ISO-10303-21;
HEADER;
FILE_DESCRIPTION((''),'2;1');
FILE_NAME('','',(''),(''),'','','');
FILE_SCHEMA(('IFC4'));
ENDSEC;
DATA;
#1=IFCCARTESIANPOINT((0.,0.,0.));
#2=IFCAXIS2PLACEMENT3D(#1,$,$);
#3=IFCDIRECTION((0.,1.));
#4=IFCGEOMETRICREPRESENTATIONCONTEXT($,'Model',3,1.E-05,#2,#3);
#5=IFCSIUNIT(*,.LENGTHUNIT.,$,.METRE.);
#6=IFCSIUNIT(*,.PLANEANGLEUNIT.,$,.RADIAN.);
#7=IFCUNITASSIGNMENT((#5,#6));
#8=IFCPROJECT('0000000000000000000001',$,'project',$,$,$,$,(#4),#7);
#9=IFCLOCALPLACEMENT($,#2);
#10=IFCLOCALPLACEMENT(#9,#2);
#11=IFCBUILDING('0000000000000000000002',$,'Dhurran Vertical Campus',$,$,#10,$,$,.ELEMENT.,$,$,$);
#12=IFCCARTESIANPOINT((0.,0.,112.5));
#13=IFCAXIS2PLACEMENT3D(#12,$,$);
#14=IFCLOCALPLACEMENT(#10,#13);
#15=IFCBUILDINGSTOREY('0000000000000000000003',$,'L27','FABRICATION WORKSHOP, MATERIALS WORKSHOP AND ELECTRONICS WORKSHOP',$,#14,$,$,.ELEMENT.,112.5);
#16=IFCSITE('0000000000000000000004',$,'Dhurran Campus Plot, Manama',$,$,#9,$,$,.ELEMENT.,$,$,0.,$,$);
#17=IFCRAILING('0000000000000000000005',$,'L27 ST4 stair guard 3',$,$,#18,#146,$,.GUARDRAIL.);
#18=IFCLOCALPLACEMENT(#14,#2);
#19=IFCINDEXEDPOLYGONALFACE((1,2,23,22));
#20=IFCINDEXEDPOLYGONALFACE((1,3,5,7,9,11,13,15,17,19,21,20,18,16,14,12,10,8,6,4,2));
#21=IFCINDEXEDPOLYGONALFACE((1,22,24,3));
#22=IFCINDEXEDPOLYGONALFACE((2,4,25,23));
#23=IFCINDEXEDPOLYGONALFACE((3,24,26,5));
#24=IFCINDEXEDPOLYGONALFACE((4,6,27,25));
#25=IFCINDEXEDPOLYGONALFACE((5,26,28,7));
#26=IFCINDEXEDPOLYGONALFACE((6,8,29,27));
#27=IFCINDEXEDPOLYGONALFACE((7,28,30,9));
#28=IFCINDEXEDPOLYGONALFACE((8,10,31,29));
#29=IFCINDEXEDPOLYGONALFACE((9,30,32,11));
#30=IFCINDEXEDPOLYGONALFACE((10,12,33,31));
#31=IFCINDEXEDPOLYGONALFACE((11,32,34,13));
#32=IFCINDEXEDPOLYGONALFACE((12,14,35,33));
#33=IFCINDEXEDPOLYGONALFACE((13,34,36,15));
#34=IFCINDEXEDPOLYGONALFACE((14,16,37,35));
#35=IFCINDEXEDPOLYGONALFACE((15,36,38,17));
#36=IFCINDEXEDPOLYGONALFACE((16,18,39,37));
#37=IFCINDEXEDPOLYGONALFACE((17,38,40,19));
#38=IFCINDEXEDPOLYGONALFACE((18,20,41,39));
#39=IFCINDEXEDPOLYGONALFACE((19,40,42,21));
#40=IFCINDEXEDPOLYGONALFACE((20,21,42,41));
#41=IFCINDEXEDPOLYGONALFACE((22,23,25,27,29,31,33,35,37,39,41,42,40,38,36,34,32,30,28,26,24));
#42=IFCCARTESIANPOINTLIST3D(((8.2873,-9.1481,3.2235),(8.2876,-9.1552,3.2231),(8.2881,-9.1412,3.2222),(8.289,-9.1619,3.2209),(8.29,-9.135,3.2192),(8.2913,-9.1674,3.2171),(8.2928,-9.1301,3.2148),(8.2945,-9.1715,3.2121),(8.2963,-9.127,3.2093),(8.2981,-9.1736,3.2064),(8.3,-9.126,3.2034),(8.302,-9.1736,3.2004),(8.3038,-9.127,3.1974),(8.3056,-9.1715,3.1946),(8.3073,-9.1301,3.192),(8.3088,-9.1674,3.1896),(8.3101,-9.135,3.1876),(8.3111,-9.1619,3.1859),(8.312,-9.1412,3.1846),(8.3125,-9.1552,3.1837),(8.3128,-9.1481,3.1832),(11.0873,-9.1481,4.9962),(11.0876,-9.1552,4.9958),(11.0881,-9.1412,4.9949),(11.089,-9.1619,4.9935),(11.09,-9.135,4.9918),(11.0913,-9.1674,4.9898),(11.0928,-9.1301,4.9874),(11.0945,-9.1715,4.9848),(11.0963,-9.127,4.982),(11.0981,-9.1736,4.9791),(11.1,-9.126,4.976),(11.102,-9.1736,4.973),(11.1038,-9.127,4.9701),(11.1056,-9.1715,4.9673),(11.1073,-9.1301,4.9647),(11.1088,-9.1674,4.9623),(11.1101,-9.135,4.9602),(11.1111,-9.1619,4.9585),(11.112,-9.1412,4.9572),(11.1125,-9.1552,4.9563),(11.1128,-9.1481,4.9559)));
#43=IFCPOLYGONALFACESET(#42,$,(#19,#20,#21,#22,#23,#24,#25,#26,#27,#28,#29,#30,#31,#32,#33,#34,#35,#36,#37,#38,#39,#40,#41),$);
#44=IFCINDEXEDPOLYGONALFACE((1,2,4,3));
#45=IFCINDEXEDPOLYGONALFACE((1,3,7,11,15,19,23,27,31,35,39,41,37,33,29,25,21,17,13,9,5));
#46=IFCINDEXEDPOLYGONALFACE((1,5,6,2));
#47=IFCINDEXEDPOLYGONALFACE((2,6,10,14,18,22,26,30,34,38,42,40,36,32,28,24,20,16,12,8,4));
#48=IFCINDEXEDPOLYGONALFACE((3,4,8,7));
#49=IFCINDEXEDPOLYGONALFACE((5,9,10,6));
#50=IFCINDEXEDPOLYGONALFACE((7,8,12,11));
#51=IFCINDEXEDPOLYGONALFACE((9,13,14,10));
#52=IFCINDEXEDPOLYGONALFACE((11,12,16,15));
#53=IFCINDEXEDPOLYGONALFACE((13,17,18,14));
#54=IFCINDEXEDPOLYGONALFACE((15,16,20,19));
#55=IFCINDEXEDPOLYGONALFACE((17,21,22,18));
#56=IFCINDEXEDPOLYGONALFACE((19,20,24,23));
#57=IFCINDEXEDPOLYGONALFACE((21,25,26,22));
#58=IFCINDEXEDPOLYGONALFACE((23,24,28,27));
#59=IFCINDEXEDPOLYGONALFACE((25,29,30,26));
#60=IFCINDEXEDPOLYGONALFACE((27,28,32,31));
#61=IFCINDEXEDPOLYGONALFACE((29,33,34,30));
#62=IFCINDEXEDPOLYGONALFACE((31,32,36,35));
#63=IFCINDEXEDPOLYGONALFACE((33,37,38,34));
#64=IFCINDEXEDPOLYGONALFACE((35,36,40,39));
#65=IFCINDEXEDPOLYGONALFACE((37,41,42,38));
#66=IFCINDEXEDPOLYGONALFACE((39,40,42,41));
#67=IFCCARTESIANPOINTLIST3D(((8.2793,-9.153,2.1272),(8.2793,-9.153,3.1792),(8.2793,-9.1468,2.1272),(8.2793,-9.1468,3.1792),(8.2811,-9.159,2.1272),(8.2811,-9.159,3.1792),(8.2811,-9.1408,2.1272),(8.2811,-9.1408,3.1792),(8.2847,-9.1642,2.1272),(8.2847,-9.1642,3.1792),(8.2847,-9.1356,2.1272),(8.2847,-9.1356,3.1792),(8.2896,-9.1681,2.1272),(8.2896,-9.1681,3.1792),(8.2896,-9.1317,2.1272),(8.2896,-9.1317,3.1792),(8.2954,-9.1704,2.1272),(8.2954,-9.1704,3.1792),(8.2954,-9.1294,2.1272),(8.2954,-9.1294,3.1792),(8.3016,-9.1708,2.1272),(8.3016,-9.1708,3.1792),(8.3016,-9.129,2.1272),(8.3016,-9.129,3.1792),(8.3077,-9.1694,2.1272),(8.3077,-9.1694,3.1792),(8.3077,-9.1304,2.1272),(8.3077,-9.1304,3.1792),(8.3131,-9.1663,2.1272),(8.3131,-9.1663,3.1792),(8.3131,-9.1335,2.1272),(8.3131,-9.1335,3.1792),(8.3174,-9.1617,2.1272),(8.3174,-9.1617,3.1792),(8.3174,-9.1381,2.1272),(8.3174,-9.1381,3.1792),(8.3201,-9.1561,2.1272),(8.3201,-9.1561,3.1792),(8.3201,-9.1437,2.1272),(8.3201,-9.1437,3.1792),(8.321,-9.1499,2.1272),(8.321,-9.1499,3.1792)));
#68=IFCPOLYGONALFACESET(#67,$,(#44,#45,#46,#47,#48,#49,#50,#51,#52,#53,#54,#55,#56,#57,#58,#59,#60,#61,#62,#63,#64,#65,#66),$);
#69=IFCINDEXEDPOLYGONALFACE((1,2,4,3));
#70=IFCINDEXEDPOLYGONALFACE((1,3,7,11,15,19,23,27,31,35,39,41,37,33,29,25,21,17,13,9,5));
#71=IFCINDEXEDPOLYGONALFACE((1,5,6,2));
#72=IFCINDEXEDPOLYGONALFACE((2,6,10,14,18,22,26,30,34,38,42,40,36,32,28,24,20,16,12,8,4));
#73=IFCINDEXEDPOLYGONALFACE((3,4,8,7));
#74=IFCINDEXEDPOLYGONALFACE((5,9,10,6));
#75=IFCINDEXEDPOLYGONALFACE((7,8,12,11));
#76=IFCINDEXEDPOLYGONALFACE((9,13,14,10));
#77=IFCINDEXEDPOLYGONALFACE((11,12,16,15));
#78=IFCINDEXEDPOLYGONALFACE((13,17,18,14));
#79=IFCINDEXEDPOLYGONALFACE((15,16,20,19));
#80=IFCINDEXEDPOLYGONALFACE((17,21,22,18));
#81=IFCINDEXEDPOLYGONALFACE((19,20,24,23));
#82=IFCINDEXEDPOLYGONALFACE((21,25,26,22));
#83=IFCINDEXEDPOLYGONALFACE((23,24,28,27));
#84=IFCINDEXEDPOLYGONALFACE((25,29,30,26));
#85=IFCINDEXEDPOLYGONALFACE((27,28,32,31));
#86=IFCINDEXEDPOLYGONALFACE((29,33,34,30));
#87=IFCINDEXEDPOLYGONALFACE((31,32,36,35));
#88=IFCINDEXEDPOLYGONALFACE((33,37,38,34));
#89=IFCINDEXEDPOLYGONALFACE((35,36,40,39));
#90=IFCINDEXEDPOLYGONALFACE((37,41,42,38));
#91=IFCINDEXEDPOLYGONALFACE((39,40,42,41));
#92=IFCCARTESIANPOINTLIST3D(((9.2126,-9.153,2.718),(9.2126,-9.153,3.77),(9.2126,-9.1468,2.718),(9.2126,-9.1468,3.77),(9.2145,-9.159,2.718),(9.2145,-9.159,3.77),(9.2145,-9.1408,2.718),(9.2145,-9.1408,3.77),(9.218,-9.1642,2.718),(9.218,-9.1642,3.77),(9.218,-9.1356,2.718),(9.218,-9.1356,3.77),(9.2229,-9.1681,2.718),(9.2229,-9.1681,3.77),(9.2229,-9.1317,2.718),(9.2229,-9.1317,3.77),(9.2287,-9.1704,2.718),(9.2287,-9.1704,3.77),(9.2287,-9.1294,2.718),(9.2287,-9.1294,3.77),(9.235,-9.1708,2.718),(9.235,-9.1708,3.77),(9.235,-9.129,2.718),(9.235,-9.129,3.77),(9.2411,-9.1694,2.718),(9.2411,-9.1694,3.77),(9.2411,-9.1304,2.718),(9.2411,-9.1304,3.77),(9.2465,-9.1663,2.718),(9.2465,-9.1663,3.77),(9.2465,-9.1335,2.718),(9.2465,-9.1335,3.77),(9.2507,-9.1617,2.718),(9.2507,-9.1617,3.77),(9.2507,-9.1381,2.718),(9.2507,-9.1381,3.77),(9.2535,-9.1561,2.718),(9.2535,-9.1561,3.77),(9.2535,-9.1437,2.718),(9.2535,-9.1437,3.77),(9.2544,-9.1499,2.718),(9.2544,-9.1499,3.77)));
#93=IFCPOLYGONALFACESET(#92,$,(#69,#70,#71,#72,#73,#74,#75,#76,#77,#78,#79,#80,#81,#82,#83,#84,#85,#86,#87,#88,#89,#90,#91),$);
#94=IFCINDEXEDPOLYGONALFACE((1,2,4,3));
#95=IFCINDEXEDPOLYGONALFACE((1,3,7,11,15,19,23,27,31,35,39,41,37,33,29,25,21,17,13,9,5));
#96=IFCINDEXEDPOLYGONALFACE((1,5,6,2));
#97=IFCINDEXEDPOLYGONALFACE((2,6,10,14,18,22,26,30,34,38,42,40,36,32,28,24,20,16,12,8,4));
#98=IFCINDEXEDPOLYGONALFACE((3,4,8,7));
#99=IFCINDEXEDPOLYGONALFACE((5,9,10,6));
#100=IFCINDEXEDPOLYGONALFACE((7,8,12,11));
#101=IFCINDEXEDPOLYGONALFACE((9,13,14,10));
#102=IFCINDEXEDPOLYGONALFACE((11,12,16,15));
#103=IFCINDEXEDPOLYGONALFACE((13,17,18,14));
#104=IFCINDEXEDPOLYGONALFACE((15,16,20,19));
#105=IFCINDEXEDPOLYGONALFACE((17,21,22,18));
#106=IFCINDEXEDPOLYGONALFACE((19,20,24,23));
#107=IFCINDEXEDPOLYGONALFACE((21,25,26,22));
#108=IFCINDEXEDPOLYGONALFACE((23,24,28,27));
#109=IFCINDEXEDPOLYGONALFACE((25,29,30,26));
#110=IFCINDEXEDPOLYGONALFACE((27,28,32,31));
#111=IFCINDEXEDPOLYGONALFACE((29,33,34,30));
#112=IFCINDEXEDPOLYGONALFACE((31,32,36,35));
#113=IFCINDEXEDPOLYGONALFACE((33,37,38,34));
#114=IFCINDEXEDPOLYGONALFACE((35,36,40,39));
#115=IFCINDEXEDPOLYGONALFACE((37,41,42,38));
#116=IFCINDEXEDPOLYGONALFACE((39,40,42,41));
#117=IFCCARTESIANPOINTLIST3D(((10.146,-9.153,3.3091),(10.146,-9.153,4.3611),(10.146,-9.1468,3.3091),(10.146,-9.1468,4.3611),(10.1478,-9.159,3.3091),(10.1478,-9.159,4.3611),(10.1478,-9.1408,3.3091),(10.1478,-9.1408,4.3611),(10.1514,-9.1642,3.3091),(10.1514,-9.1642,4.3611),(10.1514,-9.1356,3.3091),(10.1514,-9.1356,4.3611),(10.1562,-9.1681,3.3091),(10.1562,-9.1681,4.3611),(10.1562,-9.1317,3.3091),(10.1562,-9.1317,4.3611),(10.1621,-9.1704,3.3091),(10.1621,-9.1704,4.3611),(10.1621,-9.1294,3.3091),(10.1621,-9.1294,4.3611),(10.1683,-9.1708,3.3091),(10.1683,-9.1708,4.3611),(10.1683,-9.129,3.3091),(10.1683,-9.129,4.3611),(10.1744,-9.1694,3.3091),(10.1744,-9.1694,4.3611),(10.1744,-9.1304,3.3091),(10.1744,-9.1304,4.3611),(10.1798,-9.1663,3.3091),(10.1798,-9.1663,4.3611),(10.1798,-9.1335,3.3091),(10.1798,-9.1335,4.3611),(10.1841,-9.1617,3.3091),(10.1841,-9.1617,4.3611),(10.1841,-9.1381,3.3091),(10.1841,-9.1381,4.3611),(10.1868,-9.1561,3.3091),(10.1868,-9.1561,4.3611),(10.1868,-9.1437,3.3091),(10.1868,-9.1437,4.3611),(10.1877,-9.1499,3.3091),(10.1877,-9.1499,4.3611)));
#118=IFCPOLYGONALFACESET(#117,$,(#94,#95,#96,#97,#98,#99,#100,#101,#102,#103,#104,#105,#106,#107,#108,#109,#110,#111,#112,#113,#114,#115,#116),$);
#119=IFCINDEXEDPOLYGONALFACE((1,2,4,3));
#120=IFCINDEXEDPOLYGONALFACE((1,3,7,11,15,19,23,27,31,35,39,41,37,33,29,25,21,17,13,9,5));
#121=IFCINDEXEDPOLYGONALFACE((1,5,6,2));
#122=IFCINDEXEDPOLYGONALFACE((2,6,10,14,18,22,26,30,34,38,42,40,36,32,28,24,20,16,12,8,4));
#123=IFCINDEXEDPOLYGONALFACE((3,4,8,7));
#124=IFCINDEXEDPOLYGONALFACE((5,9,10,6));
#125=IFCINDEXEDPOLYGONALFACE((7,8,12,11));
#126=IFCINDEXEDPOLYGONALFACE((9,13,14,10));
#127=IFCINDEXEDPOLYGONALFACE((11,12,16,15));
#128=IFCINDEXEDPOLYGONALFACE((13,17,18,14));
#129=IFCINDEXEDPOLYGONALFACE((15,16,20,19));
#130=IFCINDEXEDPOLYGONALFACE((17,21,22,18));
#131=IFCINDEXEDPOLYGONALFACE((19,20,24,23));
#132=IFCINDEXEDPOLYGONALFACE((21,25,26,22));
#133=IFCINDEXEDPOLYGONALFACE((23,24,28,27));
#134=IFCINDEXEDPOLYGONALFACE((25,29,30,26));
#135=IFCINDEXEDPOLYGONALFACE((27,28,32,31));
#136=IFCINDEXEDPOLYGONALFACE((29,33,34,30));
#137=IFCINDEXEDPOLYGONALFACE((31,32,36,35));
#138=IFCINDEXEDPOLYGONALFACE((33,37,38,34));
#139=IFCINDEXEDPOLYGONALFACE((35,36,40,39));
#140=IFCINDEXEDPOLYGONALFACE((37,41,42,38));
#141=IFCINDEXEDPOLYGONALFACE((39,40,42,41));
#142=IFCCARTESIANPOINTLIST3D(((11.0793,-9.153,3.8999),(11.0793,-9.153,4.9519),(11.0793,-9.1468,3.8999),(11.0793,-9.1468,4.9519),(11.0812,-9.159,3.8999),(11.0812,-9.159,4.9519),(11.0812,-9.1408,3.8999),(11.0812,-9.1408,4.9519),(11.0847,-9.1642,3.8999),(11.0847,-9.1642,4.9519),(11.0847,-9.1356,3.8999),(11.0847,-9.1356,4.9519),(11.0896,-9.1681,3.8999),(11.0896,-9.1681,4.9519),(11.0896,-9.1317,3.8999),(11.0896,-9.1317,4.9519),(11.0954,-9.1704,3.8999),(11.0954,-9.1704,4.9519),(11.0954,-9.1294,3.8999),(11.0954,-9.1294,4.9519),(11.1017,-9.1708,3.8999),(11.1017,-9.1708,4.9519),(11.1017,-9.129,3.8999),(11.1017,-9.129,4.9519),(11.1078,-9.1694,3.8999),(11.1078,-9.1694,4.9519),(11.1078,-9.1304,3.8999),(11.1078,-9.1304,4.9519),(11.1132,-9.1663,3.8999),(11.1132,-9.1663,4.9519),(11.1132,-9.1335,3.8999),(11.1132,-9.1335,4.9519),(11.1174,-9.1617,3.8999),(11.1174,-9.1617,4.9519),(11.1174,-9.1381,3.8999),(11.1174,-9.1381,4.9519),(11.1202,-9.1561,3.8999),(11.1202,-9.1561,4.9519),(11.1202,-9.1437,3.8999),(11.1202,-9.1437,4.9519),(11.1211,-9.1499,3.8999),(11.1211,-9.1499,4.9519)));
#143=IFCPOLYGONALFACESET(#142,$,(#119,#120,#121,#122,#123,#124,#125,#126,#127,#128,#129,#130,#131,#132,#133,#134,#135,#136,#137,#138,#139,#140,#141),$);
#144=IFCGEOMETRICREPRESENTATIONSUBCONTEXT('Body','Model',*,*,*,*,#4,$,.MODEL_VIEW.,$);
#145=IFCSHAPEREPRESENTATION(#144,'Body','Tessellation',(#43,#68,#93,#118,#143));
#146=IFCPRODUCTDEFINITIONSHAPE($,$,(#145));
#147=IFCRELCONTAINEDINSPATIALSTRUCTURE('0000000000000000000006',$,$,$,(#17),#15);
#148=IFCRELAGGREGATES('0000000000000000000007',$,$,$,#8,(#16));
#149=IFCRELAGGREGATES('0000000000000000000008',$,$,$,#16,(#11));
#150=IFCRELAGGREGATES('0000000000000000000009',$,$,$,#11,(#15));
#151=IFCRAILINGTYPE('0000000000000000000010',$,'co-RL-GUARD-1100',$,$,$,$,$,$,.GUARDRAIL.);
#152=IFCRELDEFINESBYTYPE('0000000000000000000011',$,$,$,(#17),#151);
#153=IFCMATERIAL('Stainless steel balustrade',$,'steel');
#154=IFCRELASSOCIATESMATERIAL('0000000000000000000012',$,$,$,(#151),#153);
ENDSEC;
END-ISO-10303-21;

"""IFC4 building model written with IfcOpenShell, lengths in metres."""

from ifc_helpers import new_model, si_unit, direction, frame, origin, origin_2d, place, context, subcontext, project, spatial, circle, extrude, material, type_object, element, save


model = new_model("IFC4")

# Units and contexts
model_context = context("Model", 3, precision=1e-05, world=origin(), true_north=direction((0.0, 1.0)))
body_context = subcontext(model_context, "Body", "Model", "MODEL_VIEW")
ifc_project = project(units=[si_unit("LENGTHUNIT", "METRE"), si_unit("PLANEANGLEUNIT", "RADIAN")], contexts=[model_context])

# Site, building, storey
site_placement = place(None, origin())
site = spatial("IfcSite", under=ifc_project, at=site_placement, Name="Dhurran Campus Plot, Manama", CompositionType="ELEMENT", RefElevation=0.0)
building_placement = place(site_placement, origin())
building = spatial("IfcBuilding", under=site, at=building_placement, Name="Dhurran Vertical Campus", CompositionType="ELEMENT")
storey_placement = place(building_placement, frame((0.0, 0.0, 112.5)))
storey = spatial("IfcBuildingStorey", under=building, at=storey_placement, Name="L27", Description="FABRICATION WORKSHOP, MATERIALS WORKSHOP AND ELECTRONICS WORKSHOP", CompositionType="ELEMENT", Elevation=112.5)

# Railing
ifc_material_1 = material(Name="Stainless steel balustrade", Category="steel")
railing_type_1 = type_object("IfcRailingType", Name="co-RL-GUARD-1100", PredefinedType="GUARDRAIL", material=ifc_material_1)
railing_1_placement = place(storey_placement, frame((8.3, -9.1499, 2.1272)))
element("IfcRailing", 1, at=railing_1_placement, inside=storey, type_object=railing_type_1, Name="L27 ST4 stair guard 3", PredefinedType="GUARDRAIL", context=body_context, shape_type="SweptSolid", body=[
    extrude(circle(Radius=0.0239, at=origin_2d()), frame((0.0, 0.0, 1.0762), z_axis=(0.844909, 0.0, 0.53491), x_axis=(0.0, 1.0, 0.0)), (0.0, 0.0, 1.0), 3.314),
    extrude(circle(Radius=0.021, at=origin_2d()), origin(), (0.0, 0.0, 1.0), 1.052),
    extrude(circle(Radius=0.021, at=origin_2d()), frame((0.9333, 0.0, 0.5908)), (0.0, 0.0, 1.0), 1.052),
    extrude(circle(Radius=0.021, at=origin_2d()), frame((1.8667, 0.0, 1.1819)), (0.0, 0.0, 1.0), 1.052),
    extrude(circle(Radius=0.021, at=origin_2d()), frame((2.8, 0.0, 1.7727)), (0.0, 0.0, 1.0), 1.052),
])

save(model, "model.ifc")
